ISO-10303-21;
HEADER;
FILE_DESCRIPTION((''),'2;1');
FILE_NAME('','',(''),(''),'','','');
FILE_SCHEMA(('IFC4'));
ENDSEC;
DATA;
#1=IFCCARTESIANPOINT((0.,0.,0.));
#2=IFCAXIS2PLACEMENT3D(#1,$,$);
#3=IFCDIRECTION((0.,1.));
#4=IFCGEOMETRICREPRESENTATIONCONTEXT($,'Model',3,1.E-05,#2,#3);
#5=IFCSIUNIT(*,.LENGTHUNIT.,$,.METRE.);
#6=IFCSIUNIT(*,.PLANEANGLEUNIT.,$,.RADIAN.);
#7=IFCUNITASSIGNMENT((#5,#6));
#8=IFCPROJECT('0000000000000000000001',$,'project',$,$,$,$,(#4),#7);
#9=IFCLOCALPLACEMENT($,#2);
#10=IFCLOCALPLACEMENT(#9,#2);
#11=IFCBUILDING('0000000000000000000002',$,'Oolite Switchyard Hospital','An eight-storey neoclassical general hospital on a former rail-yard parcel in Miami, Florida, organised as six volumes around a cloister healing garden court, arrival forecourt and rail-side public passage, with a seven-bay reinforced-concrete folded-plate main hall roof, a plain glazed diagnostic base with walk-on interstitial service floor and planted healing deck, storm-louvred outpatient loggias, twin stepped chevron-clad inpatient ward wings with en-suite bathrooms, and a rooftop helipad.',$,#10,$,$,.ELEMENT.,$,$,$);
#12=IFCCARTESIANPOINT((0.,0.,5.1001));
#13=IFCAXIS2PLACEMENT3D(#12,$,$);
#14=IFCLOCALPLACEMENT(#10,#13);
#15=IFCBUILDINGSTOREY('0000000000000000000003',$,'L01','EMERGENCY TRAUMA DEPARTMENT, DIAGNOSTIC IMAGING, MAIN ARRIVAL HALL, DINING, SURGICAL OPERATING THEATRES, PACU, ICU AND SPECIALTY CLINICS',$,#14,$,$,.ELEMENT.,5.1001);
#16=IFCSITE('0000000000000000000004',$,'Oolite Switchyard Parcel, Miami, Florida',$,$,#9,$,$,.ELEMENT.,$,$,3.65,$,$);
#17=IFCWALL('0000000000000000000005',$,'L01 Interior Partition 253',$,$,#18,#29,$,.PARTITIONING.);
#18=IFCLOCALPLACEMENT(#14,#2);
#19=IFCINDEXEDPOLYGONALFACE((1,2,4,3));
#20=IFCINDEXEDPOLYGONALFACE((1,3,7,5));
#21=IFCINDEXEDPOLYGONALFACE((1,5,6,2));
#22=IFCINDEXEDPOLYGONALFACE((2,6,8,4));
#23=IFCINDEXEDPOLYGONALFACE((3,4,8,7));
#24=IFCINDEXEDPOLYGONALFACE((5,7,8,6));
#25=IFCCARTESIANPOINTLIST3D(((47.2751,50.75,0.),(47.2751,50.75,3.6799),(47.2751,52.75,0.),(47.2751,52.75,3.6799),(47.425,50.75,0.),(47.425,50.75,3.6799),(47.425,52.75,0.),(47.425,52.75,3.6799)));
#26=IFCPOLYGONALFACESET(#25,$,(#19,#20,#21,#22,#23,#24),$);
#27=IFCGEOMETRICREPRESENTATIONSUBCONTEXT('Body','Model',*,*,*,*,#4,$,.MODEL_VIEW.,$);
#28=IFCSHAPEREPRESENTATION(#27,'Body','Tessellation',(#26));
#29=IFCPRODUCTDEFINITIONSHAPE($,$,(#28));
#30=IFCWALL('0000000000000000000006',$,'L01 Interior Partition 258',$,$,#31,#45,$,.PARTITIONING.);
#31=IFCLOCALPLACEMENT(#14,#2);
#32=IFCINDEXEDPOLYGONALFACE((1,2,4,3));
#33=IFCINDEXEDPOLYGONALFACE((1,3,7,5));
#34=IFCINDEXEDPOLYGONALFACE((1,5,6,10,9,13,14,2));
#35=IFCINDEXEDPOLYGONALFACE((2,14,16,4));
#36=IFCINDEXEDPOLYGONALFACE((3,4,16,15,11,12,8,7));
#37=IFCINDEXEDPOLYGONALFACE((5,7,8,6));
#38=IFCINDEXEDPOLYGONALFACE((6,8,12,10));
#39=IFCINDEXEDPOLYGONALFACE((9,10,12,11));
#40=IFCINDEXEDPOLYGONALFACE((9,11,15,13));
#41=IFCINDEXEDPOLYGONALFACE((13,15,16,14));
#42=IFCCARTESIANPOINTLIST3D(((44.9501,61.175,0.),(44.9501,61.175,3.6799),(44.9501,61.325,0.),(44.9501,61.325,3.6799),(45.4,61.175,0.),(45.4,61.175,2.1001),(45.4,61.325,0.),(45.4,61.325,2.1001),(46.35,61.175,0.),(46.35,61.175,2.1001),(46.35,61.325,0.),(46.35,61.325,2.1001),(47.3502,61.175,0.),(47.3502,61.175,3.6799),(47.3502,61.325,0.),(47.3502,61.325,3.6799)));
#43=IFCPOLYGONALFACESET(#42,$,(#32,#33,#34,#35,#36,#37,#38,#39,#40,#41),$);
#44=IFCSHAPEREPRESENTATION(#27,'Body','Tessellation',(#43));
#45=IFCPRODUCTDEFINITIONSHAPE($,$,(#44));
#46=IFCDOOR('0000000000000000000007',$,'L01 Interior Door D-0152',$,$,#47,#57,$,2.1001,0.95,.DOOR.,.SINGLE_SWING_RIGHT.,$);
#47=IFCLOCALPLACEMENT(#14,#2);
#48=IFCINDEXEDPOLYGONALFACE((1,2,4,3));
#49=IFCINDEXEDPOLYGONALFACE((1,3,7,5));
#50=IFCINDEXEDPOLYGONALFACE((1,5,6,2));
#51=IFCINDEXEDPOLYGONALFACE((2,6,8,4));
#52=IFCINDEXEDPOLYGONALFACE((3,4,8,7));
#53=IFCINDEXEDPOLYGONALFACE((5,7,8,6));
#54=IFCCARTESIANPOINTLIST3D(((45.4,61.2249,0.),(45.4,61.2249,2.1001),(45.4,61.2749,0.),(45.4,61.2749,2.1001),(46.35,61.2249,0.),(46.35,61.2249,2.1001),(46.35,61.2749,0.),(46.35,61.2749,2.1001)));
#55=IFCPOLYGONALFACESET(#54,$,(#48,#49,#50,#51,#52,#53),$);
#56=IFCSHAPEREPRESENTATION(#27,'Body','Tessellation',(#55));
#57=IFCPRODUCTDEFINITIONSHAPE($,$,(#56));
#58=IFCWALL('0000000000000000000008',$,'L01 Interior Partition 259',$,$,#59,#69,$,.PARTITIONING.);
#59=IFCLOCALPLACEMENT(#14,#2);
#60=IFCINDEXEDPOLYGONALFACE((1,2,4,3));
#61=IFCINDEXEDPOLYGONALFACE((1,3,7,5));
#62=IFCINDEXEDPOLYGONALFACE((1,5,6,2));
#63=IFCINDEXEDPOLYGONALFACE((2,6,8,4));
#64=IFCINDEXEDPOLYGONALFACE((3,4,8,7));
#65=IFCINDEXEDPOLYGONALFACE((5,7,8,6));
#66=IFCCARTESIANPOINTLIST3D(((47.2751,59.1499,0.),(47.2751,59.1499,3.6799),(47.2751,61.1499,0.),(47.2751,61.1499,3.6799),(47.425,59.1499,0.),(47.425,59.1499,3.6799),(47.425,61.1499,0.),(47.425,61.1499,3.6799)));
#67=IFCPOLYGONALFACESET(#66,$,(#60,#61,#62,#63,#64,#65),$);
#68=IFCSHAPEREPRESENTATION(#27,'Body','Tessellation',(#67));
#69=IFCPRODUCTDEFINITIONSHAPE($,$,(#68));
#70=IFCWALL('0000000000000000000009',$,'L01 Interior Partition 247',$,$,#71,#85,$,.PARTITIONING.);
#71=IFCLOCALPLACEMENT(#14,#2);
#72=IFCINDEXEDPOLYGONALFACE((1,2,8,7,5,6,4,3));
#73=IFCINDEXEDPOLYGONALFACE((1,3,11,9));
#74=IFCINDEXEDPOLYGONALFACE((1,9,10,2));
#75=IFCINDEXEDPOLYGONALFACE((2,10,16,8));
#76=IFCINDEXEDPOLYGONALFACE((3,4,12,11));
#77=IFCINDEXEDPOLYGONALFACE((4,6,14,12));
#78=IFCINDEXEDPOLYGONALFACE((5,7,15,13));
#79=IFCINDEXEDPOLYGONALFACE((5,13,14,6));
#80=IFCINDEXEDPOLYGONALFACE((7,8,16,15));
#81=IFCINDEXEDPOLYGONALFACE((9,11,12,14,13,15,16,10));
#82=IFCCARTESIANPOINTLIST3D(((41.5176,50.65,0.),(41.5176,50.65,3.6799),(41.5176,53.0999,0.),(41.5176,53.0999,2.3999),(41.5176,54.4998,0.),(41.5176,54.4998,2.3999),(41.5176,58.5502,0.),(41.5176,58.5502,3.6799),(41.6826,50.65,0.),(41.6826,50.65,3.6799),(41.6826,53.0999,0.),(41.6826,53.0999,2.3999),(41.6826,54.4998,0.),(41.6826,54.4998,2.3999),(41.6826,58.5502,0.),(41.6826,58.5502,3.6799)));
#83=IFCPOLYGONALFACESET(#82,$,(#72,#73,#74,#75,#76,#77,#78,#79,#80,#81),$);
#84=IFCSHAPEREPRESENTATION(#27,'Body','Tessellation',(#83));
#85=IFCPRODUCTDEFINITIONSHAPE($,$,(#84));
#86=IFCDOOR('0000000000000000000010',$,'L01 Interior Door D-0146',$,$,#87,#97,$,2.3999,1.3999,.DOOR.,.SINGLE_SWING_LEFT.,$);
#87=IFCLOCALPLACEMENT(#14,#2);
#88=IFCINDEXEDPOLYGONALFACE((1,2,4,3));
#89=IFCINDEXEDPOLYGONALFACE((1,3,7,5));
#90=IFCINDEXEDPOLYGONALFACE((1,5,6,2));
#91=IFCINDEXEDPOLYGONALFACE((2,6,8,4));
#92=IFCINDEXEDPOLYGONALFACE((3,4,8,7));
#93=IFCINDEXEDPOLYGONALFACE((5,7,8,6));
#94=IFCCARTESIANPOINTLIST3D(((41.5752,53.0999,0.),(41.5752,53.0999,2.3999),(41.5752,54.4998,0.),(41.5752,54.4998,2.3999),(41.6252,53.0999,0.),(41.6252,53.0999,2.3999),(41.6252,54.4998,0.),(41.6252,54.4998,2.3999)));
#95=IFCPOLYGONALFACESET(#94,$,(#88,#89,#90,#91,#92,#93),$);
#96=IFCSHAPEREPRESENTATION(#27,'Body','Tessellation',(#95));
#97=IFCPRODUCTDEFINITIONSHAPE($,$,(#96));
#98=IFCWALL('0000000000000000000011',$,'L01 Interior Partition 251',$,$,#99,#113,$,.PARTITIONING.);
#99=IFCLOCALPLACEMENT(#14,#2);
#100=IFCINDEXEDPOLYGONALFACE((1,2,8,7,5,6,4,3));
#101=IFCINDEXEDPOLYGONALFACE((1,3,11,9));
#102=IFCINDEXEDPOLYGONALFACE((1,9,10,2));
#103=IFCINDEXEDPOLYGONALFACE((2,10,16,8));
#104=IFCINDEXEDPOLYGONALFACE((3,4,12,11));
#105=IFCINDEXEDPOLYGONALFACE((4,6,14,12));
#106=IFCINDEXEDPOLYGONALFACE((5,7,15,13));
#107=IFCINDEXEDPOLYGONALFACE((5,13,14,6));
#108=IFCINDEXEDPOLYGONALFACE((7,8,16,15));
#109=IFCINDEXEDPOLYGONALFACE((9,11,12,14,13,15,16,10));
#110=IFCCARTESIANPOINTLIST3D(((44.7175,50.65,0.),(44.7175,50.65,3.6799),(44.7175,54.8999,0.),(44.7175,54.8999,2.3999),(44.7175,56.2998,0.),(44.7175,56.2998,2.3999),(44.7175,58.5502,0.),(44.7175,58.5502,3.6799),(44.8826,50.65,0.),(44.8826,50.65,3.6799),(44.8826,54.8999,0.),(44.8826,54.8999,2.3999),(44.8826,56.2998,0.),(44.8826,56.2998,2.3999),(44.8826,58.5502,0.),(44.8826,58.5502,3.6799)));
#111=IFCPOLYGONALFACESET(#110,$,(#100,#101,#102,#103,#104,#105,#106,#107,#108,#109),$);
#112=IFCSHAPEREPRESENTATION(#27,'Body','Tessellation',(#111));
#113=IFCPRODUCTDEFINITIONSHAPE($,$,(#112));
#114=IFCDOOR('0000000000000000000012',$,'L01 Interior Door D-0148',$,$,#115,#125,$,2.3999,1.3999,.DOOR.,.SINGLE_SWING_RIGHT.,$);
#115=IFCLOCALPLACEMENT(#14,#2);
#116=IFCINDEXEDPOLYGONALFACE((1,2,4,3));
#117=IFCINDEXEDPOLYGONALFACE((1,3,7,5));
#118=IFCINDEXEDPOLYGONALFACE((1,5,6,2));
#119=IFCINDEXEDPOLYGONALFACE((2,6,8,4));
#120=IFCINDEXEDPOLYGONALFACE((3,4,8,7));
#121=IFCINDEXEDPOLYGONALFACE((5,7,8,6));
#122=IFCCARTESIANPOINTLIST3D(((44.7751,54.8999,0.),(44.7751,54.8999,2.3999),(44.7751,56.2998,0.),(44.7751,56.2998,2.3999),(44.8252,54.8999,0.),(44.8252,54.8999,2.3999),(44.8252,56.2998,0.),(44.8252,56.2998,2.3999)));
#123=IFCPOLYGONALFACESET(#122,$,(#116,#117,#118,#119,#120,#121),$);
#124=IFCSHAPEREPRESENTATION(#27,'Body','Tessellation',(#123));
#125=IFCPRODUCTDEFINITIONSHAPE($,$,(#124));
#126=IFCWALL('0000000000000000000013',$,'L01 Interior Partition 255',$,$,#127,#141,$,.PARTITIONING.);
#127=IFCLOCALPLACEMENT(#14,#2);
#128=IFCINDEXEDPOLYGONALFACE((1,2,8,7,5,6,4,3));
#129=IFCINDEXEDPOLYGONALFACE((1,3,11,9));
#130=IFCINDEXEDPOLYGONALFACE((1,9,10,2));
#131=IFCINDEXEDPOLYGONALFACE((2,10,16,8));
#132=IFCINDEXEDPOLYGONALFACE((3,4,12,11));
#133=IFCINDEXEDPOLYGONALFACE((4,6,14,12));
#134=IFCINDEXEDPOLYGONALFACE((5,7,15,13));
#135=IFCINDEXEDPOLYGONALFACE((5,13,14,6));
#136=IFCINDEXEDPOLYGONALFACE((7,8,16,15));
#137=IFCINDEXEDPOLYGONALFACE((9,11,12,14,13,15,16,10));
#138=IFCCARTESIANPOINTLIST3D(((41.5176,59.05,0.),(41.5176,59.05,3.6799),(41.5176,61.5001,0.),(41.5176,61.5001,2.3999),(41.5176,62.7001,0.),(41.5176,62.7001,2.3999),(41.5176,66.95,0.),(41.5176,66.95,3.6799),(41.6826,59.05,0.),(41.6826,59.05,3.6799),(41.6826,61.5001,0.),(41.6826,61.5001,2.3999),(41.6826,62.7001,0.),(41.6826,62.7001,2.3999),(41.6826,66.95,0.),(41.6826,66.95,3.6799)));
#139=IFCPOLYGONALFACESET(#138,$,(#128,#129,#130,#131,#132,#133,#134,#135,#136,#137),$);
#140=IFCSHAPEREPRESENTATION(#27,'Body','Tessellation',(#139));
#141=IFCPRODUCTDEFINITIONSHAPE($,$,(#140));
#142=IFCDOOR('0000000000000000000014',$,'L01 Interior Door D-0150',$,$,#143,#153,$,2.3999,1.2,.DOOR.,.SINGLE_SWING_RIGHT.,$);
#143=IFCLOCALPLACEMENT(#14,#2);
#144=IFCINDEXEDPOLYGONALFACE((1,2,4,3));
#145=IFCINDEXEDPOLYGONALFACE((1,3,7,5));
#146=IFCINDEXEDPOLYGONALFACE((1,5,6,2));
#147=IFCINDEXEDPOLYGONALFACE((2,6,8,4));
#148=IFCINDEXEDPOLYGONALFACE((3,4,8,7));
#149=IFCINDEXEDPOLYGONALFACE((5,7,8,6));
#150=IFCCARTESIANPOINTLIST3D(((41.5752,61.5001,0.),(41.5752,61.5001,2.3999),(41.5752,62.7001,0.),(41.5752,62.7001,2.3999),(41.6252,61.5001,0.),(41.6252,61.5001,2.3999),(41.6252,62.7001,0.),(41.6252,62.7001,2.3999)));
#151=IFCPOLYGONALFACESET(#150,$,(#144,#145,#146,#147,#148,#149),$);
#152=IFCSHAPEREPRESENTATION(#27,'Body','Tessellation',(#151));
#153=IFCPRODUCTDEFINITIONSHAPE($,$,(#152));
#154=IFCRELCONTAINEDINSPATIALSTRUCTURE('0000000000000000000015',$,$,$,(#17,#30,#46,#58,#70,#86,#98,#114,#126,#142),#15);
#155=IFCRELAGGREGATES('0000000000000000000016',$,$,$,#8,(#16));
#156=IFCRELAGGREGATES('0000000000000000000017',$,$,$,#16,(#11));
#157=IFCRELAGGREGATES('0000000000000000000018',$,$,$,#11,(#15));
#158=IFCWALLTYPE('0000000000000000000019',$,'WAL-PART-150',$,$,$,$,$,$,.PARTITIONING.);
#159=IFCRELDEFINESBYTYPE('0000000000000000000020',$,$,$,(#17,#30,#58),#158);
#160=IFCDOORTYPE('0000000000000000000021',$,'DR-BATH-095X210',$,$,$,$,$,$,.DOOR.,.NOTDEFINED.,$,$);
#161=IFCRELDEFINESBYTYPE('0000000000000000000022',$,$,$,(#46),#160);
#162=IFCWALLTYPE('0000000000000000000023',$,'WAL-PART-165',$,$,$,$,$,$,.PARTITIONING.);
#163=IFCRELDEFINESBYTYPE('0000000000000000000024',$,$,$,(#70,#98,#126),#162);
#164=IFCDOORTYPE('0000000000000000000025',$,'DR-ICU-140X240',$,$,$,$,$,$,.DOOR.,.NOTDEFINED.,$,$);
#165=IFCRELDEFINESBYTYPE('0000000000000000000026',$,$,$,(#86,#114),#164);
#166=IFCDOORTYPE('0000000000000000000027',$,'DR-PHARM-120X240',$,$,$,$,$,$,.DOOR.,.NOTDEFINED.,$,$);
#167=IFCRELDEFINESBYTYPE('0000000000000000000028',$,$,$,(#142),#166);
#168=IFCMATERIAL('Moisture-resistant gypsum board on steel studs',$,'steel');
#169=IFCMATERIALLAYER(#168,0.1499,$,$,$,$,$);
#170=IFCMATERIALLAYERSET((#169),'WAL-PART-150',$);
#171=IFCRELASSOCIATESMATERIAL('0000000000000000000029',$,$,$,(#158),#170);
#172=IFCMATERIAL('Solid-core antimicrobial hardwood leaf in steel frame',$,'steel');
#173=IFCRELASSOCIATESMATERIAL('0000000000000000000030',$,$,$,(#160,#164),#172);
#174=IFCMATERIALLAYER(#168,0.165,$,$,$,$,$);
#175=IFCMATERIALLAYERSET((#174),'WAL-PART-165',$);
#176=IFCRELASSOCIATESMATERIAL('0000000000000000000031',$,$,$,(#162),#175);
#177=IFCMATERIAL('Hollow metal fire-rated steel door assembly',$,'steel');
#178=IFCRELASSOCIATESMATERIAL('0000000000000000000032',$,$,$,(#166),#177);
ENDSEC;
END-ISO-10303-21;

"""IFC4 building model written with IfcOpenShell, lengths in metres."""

from ifc_helpers import new_model, si_unit, direction, frame, frame_2d, origin, place, context, subcontext, project, spatial, rectangle, extrude, material, layer, layer_set, type_object, element, fill, save


model = new_model("IFC4")

# Units and contexts
model_context = context("Model", 3, precision=1e-05, world=origin(), true_north=direction((0.0, 1.0)))
body_context = subcontext(model_context, "Body", "Model", "MODEL_VIEW")
ifc_project = project(units=[si_unit("LENGTHUNIT", "METRE"), si_unit("PLANEANGLEUNIT", "RADIAN")], contexts=[model_context])

# Site, building, storey
site_placement = place(None, origin())
site = spatial("IfcSite", under=ifc_project, at=site_placement, Name="Oolite Switchyard Parcel, Miami, Florida", CompositionType="ELEMENT", RefElevation=3.65)
building_placement = place(site_placement, origin())
building = spatial("IfcBuilding", under=site, at=building_placement, Name="Oolite Switchyard Hospital", Description="An eight-storey neoclassical general hospital on a former rail-yard parcel in Miami, Florida, organised as six volumes around a cloister healing garden court, arrival forecourt and rail-side public passage, with a seven-bay reinforced-concrete folded-plate main hall roof, a plain glazed diagnostic base with walk-on interstitial service floor and planted healing deck, storm-louvred outpatient loggias, twin stepped chevron-clad inpatient ward wings with en-suite bathrooms, and a rooftop helipad.", CompositionType="ELEMENT")
storey_placement = place(building_placement, frame((0.0, 0.0, 5.1001)))
storey = spatial("IfcBuildingStorey", under=building, at=storey_placement, Name="L01", Description="EMERGENCY TRAUMA DEPARTMENT, DIAGNOSTIC IMAGING, MAIN ARRIVAL HALL, DINING, SURGICAL OPERATING THEATRES, PACU, ICU AND SPECIALTY CLINICS", CompositionType="ELEMENT", Elevation=5.1001)

# Shared definitions
ifc_material_1 = material(Name="Moisture-resistant gypsum board on steel studs", Category="steel")

# Shared definitions
ifc_layer_1 = layer(ifc_material_1, 0.1499)
ifc_layer_set_1 = layer_set([ifc_layer_1], Name="WAL-PART-150")
wall_type_1 = type_object("IfcWallType", Name="WAL-PART-150", PredefinedType="PARTITIONING", material=ifc_layer_set_1)
ifc_material_2 = material(Name="Solid-core antimicrobial hardwood leaf in steel frame", Category="steel")

# Shared definitions
door_type_1 = type_object("IfcDoorType", Name="DR-BATH-095X210", OperationType="NOTDEFINED", PredefinedType="DOOR", material=ifc_material_2)

# Wall
wall_1_placement = place(storey_placement, frame((47.3501, 50.75, 0.0), z_axis=(0.0, 0.0, 1.0), x_axis=(0.0, 1.0, 0.0)))
element("IfcWall", 1, at=wall_1_placement, inside=storey, type_object=wall_type_1, Name="L01 Interior Partition 253", PredefinedType="PARTITIONING", context=body_context, shape_type="SweptSolid", body=[
    extrude(rectangle(XDim=2.0, YDim=0.1499, at=frame_2d((1.0, 0.0))), origin(), (0.0, 0.0, 1.0), 3.6799),
])

# Wall, opening, door
wall_2_placement = place(storey_placement, frame((44.95, 61.25, 0.0), z_axis=(0.0, 0.0, 1.0), x_axis=(1.0, 0.0, 0.0)))
wall_2 = element("IfcWall", 2, at=wall_2_placement, inside=storey, type_object=wall_type_1, Name="L01 Interior Partition 258", PredefinedType="PARTITIONING", context=body_context, shape_type="SweptSolid", body=[
    extrude(rectangle(XDim=2.4001, YDim=0.1499, at=frame_2d((1.2002, 0.0))), origin(), (0.0, 0.0, 1.0), 3.6799),
])
opening_1_placement = place(wall_2_placement, frame((0.45, 0.0, 0.0)))
opening_1 = element("IfcOpeningElement", 3, at=opening_1_placement, cuts=wall_2, PredefinedType="OPENING", context=body_context, shape_type="SweptSolid", body=[
    extrude(rectangle(XDim=0.95, YDim=2.1001, at=frame_2d((0.4751, 1.05))), frame((0.0, 0.085, 0.0), z_axis=(0.0, -1.0, 0.0), x_axis=(1.0, 0.0, 0.0)), (0.0, 0.0, 1.0), 0.1699),
])
door_1_placement = place(opening_1_placement, origin())
door_1 = element("IfcDoor", 4, at=door_1_placement, inside=storey, type_object=door_type_1, Name="L01 Interior Door D-0152", OperationType="SINGLE_SWING_RIGHT", OverallHeight=2.1001, OverallWidth=0.95, PredefinedType="DOOR", context=body_context, shape_type="SweptSolid", body=[
    extrude(rectangle(XDim=0.95, YDim=2.1001, at=frame_2d((0.4751, 1.05))), frame((0.0, 0.0249, 0.0), z_axis=(0.0, -1.0, 0.0), x_axis=(1.0, 0.0, 0.0)), (0.0, 0.0, 1.0), 0.05),
])
fill(opening_1, door_1)

# Wall
wall_3_placement = place(storey_placement, frame((47.3501, 59.1499, 0.0), z_axis=(0.0, 0.0, 1.0), x_axis=(0.0, 1.0, 0.0)))
element("IfcWall", 5, at=wall_3_placement, inside=storey, type_object=wall_type_1, Name="L01 Interior Partition 259", PredefinedType="PARTITIONING", context=body_context, shape_type="SweptSolid", body=[
    extrude(rectangle(XDim=2.0, YDim=0.1499, at=frame_2d((1.0, 0.0))), origin(), (0.0, 0.0, 1.0), 3.6799),
])

# Walls, openings, doors
ifc_layer_2 = layer(ifc_material_1, 0.165)
ifc_layer_set_2 = layer_set([ifc_layer_2], Name="WAL-PART-165")
wall_type_2 = type_object("IfcWallType", Name="WAL-PART-165", PredefinedType="PARTITIONING", material=ifc_layer_set_2)
wall_4_placement = place(storey_placement, frame((41.6001, 50.6499, 0.0), z_axis=(0.0, 0.0, 1.0), x_axis=(0.0, 1.0, 0.0)))
wall_4 = element("IfcWall", 6, at=wall_4_placement, inside=storey, type_object=wall_type_2, Name="L01 Interior Partition 247", PredefinedType="PARTITIONING", context=body_context, shape_type="SweptSolid", body=[
    extrude(rectangle(XDim=7.9001, YDim=0.165, at=frame_2d((3.9502, 0.0))), origin(), (0.0, 0.0, 1.0), 3.6799),
])
opening_2_placement = place(wall_4_placement, frame((2.45, 0.0, 0.0)))
opening_2 = element("IfcOpeningElement", 7, at=opening_2_placement, cuts=wall_4, PredefinedType="OPENING", context=body_context, shape_type="SweptSolid", body=[
    extrude(rectangle(XDim=1.3999, YDim=2.3999, at=frame_2d((0.7, 1.2))), frame((0.0, 0.0925, 0.0), z_axis=(0.0, -1.0, 0.0), x_axis=(1.0, 0.0, 0.0)), (0.0, 0.0, 1.0), 0.1851),
])
door_type_2 = type_object("IfcDoorType", Name="DR-ICU-140X240", OperationType="NOTDEFINED", PredefinedType="DOOR", material=ifc_material_2)
door_2_placement = place(opening_2_placement, origin())
door_2 = element("IfcDoor", 8, at=door_2_placement, inside=storey, type_object=door_type_2, Name="L01 Interior Door D-0146", OperationType="SINGLE_SWING_LEFT", OverallHeight=2.3999, OverallWidth=1.3999, PredefinedType="DOOR", context=body_context, shape_type="SweptSolid", body=[
    extrude(rectangle(XDim=1.3999, YDim=2.3999, at=frame_2d((0.7, 1.2))), frame((0.0, 0.0249, 0.0), z_axis=(0.0, -1.0, 0.0), x_axis=(1.0, 0.0, 0.0)), (0.0, 0.0, 1.0), 0.05),
])
fill(opening_2, door_2)
wall_5_placement = place(storey_placement, frame((44.8, 50.6499, 0.0), z_axis=(0.0, 0.0, 1.0), x_axis=(0.0, 1.0, 0.0)))
wall_5 = element("IfcWall", 9, at=wall_5_placement, inside=storey, type_object=wall_type_2, Name="L01 Interior Partition 251", PredefinedType="PARTITIONING", context=body_context, shape_type="SweptSolid", body=[
    extrude(rectangle(XDim=7.9001, YDim=0.165, at=frame_2d((3.9502, 0.0))), origin(), (0.0, 0.0, 1.0), 3.6799),
])
opening_3_placement = place(wall_5_placement, frame((4.25, 0.0, 0.0)))
opening_3 = element("IfcOpeningElement", 10, at=opening_3_placement, cuts=wall_5, PredefinedType="OPENING", context=body_context, shape_type="SweptSolid", body=[
    extrude(rectangle(XDim=1.3999, YDim=2.3999, at=frame_2d((0.7, 1.2))), frame((0.0, 0.0925, 0.0), z_axis=(0.0, -1.0, 0.0), x_axis=(1.0, 0.0, 0.0)), (0.0, 0.0, 1.0), 0.1851),
])
door_3_placement = place(opening_3_placement, origin())
door_3 = element("IfcDoor", 11, at=door_3_placement, inside=storey, type_object=door_type_2, Name="L01 Interior Door D-0148", OperationType="SINGLE_SWING_RIGHT", OverallHeight=2.3999, OverallWidth=1.3999, PredefinedType="DOOR", context=body_context, shape_type="SweptSolid", body=[
    extrude(rectangle(XDim=1.3999, YDim=2.3999, at=frame_2d((0.7, 1.2))), frame((0.0, 0.0249, 0.0), z_axis=(0.0, -1.0, 0.0), x_axis=(1.0, 0.0, 0.0)), (0.0, 0.0, 1.0), 0.05),
])
fill(opening_3, door_3)
wall_6_placement = place(storey_placement, frame((41.6001, 59.05, 0.0), z_axis=(0.0, 0.0, 1.0), x_axis=(0.0, 1.0, 0.0)))
wall_6 = element("IfcWall", 12, at=wall_6_placement, inside=storey, type_object=wall_type_2, Name="L01 Interior Partition 255", PredefinedType="PARTITIONING", context=body_context, shape_type="SweptSolid", body=[
    extrude(rectangle(XDim=7.8999, YDim=0.165, at=frame_2d((3.95, 0.0))), origin(), (0.0, 0.0, 1.0), 3.6799),
])
opening_4_placement = place(wall_6_placement, frame((2.45, 0.0, 0.0)))
opening_4 = element("IfcOpeningElement", 13, at=opening_4_placement, cuts=wall_6, PredefinedType="OPENING", context=body_context, shape_type="SweptSolid", body=[
    extrude(rectangle(XDim=1.2, YDim=2.3999, at=frame_2d((0.6001, 1.2))), frame((0.0, 0.0925, 0.0), z_axis=(0.0, -1.0, 0.0), x_axis=(1.0, 0.0, 0.0)), (0.0, 0.0, 1.0), 0.1851),
])
ifc_material_3 = material(Name="Hollow metal fire-rated steel door assembly", Category="steel")
door_type_3 = type_object("IfcDoorType", Name="DR-PHARM-120X240", OperationType="NOTDEFINED", PredefinedType="DOOR", material=ifc_material_3)
door_4_placement = place(opening_4_placement, origin())
door_4 = element("IfcDoor", 14, at=door_4_placement, inside=storey, type_object=door_type_3, Name="L01 Interior Door D-0150", OperationType="SINGLE_SWING_RIGHT", OverallHeight=2.3999, OverallWidth=1.2, PredefinedType="DOOR", context=body_context, shape_type="SweptSolid", body=[
    extrude(rectangle(XDim=1.2, YDim=2.3999, at=frame_2d((0.6001, 1.2))), frame((0.0, 0.0249, 0.0), z_axis=(0.0, -1.0, 0.0), x_axis=(1.0, 0.0, 0.0)), (0.0, 0.0, 1.0), 0.05),
])
fill(opening_4, door_4)

save(model, "model.ifc")
